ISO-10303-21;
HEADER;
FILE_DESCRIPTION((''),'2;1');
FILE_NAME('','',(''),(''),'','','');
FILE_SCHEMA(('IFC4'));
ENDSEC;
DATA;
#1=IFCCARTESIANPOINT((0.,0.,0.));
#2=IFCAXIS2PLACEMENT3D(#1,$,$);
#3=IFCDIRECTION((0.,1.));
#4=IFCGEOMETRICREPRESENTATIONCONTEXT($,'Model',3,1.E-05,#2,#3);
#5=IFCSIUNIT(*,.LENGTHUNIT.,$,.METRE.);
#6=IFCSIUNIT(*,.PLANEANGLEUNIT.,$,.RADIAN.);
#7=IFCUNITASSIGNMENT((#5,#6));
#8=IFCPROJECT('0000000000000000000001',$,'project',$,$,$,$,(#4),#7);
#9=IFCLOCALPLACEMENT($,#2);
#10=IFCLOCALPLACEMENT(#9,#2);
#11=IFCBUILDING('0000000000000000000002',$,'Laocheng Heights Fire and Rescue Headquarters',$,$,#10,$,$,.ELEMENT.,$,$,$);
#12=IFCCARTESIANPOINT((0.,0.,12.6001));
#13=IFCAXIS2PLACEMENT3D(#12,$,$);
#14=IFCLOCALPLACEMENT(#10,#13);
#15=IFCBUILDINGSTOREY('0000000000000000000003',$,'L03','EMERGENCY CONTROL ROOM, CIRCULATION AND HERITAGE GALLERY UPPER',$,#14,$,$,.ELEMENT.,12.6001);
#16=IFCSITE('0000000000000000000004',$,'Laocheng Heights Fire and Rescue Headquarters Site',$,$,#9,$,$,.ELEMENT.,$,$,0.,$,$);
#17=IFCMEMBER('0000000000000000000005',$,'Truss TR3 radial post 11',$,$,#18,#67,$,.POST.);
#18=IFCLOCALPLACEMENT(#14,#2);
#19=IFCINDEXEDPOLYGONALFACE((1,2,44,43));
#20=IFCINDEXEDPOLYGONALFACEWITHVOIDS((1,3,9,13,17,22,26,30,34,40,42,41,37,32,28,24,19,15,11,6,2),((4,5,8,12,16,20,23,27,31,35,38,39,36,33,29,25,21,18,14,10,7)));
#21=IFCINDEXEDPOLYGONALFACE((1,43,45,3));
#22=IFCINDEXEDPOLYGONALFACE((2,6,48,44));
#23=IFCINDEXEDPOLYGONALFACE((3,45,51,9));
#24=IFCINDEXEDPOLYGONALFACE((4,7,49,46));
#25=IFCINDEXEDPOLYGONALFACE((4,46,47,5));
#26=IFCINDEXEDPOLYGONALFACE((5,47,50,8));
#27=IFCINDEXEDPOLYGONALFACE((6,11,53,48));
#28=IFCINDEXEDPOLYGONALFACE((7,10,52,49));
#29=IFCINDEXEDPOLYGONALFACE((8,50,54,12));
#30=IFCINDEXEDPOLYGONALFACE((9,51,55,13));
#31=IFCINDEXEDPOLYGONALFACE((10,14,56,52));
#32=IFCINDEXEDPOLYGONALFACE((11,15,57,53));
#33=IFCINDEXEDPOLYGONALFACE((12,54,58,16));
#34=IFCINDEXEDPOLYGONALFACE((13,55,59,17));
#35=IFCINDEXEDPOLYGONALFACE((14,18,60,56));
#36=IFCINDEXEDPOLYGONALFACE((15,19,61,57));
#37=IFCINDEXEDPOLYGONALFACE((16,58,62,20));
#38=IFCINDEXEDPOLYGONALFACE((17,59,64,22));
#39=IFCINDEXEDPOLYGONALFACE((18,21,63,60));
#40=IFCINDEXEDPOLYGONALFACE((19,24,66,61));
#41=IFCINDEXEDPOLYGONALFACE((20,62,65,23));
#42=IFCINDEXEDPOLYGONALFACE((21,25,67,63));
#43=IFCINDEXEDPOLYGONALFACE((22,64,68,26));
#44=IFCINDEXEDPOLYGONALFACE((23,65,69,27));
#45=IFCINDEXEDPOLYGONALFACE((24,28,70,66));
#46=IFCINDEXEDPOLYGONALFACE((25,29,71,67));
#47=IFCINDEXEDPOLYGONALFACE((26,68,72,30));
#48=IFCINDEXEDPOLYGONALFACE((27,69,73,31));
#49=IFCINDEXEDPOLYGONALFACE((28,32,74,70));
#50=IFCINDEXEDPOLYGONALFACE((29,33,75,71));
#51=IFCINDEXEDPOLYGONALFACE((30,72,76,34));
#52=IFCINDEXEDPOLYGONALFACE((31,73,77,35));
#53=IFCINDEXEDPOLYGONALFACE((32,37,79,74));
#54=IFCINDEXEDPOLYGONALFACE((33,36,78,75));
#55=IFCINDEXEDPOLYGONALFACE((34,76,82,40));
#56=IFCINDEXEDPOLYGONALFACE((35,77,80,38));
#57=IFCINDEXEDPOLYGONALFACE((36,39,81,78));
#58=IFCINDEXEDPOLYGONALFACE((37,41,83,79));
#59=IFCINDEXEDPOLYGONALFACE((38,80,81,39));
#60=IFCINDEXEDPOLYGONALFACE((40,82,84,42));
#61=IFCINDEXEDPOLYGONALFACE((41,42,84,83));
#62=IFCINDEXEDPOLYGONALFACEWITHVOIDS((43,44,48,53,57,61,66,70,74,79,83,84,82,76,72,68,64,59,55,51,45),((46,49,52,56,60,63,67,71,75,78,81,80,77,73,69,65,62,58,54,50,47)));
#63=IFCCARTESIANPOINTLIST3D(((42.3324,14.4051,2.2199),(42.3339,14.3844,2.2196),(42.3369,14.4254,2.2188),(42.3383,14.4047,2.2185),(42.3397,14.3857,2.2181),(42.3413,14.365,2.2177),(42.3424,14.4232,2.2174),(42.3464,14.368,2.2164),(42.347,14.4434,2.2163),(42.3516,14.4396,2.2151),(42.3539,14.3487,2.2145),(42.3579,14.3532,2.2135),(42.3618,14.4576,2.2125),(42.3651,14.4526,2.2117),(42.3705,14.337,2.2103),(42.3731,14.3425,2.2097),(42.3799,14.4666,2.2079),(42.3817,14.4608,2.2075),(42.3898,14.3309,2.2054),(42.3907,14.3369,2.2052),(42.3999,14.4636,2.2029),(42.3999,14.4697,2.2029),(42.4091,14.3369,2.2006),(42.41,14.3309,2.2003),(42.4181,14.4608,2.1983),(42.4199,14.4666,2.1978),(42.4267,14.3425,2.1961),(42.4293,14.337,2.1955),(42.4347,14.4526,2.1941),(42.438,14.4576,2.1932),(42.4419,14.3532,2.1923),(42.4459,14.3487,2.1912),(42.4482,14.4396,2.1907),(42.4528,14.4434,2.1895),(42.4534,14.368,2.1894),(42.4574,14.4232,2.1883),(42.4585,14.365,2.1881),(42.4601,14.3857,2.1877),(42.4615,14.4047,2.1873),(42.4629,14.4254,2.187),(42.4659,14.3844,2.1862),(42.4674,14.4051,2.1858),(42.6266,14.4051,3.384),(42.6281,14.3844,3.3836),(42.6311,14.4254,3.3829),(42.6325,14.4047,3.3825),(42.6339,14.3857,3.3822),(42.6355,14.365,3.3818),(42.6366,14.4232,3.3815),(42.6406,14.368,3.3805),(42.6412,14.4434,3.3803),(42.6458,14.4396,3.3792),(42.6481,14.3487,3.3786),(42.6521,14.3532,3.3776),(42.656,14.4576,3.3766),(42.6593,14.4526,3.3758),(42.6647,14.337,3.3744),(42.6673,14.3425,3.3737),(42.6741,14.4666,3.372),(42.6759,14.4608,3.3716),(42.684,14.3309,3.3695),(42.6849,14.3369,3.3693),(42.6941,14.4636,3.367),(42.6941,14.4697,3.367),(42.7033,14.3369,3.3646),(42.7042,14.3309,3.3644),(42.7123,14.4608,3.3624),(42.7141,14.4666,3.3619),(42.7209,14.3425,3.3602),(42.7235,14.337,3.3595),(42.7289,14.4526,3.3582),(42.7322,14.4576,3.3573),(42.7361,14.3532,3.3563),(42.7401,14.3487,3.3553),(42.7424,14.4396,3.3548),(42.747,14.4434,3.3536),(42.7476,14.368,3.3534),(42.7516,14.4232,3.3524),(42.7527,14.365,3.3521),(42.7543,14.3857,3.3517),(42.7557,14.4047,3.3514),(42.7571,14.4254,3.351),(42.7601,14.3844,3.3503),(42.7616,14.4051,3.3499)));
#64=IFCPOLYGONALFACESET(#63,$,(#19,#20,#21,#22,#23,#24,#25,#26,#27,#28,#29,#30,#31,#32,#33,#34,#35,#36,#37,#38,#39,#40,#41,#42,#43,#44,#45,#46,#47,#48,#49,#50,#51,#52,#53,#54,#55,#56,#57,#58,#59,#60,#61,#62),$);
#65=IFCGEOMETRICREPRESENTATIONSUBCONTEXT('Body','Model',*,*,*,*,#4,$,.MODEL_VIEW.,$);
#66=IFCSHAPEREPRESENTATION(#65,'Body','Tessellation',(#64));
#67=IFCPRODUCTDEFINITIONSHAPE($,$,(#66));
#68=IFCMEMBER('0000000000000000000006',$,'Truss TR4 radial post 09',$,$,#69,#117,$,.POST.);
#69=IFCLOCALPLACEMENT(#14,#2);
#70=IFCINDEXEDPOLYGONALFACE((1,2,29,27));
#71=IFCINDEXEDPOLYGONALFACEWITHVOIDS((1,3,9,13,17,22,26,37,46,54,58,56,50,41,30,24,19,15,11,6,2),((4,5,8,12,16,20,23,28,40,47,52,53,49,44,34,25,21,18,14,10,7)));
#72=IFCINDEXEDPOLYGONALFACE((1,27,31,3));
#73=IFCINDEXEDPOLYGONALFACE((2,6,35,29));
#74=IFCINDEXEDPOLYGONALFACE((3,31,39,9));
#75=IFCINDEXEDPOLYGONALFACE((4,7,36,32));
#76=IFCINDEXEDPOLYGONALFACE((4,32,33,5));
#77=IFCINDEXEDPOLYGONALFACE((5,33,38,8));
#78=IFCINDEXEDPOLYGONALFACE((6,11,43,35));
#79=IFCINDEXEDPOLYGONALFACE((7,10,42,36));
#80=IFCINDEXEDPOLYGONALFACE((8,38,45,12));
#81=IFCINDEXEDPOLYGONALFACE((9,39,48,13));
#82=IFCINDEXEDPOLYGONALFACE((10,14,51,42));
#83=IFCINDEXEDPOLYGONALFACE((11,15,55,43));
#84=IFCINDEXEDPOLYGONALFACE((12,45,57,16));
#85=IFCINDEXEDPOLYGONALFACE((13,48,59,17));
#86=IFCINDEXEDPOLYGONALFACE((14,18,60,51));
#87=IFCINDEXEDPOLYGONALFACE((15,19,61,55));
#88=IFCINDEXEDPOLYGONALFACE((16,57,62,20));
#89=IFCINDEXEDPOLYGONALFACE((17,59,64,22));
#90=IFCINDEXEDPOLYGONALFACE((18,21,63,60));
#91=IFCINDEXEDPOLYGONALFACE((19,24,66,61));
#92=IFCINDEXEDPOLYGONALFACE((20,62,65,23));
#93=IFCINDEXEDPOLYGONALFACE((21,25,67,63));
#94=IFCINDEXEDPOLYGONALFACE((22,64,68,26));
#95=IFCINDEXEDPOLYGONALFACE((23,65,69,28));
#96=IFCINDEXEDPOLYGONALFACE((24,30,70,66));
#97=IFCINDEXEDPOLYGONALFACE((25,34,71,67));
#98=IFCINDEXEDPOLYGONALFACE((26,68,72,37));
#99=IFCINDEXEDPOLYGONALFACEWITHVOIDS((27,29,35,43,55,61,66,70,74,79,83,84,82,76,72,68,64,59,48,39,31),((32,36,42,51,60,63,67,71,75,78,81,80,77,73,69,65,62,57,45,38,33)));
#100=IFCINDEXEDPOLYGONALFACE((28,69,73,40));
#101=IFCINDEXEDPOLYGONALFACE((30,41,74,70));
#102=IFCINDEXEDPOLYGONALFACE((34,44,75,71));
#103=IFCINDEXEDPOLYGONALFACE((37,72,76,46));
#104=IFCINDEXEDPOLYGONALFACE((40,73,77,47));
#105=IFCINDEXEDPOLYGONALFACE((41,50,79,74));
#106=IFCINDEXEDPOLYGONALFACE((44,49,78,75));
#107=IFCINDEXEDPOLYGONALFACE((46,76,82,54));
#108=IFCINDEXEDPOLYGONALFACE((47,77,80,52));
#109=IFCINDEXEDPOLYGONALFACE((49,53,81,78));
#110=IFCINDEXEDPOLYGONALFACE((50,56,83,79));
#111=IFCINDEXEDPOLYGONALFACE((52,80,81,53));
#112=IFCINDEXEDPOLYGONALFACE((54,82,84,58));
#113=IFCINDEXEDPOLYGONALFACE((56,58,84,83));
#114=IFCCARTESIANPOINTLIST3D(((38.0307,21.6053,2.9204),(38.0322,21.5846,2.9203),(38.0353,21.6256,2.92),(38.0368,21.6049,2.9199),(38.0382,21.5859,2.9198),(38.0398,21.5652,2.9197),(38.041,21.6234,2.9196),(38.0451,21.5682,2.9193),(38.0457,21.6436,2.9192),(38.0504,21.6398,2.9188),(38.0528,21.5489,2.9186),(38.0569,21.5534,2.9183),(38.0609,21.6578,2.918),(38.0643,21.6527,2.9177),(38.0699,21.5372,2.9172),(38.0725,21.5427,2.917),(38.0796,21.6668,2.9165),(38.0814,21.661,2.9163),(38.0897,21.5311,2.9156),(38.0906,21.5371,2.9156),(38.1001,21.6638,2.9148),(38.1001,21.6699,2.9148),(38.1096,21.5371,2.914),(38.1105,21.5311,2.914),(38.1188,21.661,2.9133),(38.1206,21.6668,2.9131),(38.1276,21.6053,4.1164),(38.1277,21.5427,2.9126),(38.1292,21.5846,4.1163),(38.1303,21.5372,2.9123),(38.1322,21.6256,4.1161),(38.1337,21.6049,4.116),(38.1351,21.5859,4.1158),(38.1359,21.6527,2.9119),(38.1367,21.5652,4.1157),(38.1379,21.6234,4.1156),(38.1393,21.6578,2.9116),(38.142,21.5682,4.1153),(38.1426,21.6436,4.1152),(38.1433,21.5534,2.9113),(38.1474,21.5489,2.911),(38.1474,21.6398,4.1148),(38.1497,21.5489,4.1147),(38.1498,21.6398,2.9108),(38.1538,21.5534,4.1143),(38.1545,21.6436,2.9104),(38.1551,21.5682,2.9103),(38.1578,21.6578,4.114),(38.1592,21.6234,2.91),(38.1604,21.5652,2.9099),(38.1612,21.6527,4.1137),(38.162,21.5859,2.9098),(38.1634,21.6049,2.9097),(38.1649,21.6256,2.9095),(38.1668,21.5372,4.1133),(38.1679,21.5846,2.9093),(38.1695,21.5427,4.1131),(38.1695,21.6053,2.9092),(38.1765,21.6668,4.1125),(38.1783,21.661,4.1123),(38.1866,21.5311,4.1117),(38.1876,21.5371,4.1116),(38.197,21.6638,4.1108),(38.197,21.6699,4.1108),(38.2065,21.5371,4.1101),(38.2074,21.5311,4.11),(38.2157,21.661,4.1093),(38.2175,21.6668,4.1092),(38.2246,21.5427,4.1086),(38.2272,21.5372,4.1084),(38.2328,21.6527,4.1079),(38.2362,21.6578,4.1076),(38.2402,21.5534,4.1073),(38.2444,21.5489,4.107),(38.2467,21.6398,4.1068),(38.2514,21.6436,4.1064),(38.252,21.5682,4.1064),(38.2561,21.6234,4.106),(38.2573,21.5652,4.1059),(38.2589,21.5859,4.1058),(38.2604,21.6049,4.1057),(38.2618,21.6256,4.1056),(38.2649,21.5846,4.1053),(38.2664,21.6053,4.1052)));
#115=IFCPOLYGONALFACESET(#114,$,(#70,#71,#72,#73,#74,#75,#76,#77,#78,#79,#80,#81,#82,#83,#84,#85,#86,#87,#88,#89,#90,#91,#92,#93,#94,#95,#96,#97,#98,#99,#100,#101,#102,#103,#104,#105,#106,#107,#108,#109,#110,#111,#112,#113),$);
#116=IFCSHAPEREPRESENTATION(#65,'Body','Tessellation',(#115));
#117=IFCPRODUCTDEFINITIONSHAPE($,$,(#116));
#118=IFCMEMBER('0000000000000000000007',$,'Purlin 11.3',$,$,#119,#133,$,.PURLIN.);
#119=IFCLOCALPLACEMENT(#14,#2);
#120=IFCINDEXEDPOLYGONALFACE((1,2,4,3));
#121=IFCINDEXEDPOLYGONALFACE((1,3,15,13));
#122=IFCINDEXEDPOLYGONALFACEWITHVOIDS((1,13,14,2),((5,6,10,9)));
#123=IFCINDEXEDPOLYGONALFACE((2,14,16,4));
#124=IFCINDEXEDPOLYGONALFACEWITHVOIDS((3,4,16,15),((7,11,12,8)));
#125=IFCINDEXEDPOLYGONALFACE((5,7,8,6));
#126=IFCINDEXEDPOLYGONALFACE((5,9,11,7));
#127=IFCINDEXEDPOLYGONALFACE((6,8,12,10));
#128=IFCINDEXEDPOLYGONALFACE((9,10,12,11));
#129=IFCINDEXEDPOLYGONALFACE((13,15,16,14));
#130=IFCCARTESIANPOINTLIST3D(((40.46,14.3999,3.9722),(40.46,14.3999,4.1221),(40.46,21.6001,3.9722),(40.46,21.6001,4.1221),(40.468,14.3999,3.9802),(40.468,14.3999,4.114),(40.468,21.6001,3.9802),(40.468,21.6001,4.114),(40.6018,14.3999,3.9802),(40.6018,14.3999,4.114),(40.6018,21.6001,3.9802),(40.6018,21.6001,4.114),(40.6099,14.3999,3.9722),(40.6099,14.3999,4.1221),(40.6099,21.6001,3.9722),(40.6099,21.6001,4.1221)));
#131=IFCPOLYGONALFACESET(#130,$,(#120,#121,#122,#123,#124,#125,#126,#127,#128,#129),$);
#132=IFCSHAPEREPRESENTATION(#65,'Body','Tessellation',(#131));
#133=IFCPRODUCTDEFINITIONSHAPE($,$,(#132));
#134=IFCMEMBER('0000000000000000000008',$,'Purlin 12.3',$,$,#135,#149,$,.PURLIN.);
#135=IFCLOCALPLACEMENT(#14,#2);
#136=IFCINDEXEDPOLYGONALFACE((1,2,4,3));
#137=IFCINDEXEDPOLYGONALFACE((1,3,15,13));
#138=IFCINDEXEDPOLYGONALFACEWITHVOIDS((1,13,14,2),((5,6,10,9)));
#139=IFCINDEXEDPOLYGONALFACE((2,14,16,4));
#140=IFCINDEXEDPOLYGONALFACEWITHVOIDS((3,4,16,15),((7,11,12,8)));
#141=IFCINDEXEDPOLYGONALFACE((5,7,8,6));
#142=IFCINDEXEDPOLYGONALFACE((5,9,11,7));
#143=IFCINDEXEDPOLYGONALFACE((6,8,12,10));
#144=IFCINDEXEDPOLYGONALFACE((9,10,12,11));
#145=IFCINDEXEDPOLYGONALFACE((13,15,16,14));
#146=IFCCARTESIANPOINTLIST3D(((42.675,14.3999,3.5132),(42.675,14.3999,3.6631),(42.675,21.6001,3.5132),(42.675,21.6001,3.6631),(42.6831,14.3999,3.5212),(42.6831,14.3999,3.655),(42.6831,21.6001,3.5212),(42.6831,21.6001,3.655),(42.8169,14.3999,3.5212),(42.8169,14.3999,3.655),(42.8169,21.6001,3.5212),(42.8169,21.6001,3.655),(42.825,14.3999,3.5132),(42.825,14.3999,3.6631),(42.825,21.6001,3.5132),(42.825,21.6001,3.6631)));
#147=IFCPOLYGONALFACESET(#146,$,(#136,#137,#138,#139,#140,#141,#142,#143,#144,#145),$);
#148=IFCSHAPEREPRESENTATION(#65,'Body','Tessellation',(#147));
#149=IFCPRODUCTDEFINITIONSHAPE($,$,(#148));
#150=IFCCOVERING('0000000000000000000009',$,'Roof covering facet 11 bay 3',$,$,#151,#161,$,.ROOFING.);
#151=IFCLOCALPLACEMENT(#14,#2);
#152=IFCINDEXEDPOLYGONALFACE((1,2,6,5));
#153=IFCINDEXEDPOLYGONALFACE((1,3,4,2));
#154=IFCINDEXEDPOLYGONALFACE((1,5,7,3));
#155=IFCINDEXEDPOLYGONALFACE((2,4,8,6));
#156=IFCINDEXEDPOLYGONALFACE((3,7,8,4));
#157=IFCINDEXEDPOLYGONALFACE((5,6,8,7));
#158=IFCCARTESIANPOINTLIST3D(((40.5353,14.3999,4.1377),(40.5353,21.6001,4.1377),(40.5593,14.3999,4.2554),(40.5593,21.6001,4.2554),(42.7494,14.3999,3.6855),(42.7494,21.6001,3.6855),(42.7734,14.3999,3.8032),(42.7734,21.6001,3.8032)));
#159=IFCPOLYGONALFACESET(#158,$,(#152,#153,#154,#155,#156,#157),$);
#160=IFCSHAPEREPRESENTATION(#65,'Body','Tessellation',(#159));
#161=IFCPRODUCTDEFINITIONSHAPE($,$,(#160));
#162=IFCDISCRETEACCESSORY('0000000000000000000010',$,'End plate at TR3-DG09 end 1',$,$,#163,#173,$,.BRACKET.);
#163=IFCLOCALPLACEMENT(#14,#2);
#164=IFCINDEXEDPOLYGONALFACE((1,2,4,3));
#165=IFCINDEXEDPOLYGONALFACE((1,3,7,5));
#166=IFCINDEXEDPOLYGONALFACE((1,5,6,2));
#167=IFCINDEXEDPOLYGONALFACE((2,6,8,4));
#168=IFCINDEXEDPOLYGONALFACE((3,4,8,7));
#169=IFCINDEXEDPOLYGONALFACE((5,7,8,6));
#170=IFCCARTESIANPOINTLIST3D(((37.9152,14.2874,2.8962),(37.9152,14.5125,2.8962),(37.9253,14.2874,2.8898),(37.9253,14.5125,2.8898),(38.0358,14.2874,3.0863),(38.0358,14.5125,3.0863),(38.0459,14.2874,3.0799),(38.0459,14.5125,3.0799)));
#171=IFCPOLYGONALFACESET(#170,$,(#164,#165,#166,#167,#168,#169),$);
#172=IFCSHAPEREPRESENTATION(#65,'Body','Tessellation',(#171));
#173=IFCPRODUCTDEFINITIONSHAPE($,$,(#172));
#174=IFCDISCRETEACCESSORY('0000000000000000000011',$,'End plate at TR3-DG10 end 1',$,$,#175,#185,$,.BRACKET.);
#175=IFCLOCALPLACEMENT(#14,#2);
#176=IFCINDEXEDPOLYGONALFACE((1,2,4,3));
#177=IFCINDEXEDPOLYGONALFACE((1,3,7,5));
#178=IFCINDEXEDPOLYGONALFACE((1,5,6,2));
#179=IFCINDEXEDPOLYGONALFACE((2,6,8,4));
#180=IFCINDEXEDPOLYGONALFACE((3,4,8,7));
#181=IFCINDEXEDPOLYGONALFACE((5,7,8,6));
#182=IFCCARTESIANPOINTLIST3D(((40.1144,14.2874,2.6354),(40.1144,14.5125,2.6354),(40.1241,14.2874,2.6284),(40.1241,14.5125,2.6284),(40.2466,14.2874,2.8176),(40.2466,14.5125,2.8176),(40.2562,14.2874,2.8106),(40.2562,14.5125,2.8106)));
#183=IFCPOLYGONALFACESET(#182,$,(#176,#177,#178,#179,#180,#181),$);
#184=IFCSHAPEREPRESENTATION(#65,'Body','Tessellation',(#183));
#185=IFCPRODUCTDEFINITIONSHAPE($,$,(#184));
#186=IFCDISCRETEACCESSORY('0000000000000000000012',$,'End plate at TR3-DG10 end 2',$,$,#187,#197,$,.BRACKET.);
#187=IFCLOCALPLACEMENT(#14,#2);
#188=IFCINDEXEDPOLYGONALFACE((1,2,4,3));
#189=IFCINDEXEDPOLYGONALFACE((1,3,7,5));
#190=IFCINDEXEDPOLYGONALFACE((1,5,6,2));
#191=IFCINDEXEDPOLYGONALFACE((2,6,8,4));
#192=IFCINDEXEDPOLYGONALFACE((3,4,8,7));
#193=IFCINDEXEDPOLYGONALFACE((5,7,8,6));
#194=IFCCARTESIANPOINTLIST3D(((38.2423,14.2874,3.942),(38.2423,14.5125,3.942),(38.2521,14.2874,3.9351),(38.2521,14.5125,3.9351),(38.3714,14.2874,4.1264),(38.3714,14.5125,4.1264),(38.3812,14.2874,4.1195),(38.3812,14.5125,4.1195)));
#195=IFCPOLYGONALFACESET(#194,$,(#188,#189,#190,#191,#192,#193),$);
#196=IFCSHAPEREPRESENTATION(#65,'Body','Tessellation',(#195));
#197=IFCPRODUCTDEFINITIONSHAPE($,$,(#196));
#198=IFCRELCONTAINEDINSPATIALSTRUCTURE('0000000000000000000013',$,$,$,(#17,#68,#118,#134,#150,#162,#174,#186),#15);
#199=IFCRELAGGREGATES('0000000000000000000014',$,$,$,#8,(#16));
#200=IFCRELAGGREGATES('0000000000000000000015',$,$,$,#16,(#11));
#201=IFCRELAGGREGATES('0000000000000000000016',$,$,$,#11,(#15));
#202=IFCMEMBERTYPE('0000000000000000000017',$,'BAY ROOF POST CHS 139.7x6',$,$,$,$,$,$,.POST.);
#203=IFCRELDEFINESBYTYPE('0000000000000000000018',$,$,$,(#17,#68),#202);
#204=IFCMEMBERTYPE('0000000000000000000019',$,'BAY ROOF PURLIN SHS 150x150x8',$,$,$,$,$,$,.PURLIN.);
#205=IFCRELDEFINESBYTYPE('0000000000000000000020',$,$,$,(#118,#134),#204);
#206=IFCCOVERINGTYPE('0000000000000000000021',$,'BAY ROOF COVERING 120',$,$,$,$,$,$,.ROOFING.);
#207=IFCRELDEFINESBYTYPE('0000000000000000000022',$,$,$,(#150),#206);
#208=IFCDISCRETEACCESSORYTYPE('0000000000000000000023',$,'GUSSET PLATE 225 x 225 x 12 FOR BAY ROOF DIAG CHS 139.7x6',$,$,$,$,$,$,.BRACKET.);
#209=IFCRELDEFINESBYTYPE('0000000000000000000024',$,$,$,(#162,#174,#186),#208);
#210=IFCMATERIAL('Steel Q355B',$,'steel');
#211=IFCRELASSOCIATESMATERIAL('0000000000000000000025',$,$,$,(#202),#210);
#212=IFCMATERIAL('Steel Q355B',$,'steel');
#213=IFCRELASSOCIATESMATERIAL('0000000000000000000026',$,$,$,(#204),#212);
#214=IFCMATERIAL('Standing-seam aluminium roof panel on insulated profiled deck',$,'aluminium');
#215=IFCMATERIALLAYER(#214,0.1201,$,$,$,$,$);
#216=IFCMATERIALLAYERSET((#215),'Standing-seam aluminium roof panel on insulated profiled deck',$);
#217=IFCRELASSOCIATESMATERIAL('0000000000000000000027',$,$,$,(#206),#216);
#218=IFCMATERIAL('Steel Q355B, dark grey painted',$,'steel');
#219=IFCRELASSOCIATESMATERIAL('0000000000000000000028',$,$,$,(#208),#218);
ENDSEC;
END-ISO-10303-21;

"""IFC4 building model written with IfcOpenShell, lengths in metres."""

from ifc_helpers import new_model, si_unit, direction, frame, origin, origin_2d, place, context, subcontext, project, spatial, polyline, rectangle, hollow_rectangle, hollow_circle, outline, extrude, material, layer, layer_set, material_profile, profile_set, type_object, element, save


model = new_model("IFC4")

# Units and contexts
model_context = context("Model", 3, precision=1e-05, world=origin(), true_north=direction((0.0, 1.0)))
body_context = subcontext(model_context, "Body", "Model", "MODEL_VIEW")
ifc_project = project(units=[si_unit("LENGTHUNIT", "METRE"), si_unit("PLANEANGLEUNIT", "RADIAN")], contexts=[model_context])

# Site, building, storey
site_placement = place(None, origin())
site = spatial("IfcSite", under=ifc_project, at=site_placement, Name="Laocheng Heights Fire and Rescue Headquarters Site", CompositionType="ELEMENT", RefElevation=0.0)
building_placement = place(site_placement, origin())
building = spatial("IfcBuilding", under=site, at=building_placement, Name="Laocheng Heights Fire and Rescue Headquarters", CompositionType="ELEMENT")
storey_placement = place(building_placement, frame((0.0, 0.0, 12.6001)))
storey = spatial("IfcBuildingStorey", under=building, at=storey_placement, Name="L03", Description="EMERGENCY CONTROL ROOM, CIRCULATION AND HERITAGE GALLERY UPPER", CompositionType="ELEMENT", Elevation=12.6001)

# Members
ifc_material_1 = material(Name="Steel Q355B", Category="steel")
ifc_material_profile_1 = material_profile(ifc_material_1, hollow_circle(Radius=0.0698, WallThickness=0.0061, at=origin_2d()), Name="CHS 139.7x6")
ifc_profile_set_1 = profile_set([ifc_material_profile_1], Name="Steel Q355B")
member_type_1 = type_object("IfcMemberType", Name="BAY ROOF POST CHS 139.7x6", PredefinedType="POST", material=ifc_profile_set_1)
member_1_placement = place(storey_placement, frame((42.3999, 14.3999, 2.2029), z_axis=(0.245023, 0.0, 0.969517), x_axis=(0.0, 1.0, 0.0)))
element("IfcMember", 1, at=member_1_placement, inside=storey, type_object=member_type_1, Name="Truss TR3 radial post 11", PredefinedType="POST", context=body_context, shape_type="SweptSolid", body=[
    extrude(hollow_circle(Radius=0.0698, WallThickness=0.0061, at=origin_2d()), origin(), (0.0, 0.0, 1.0), 1.2007),
])
member_2_placement = place(storey_placement, frame((38.1001, 21.6001, 2.9148), z_axis=(0.080772, 0.0, 0.996733), x_axis=(0.0, 1.0, 0.0)))
element("IfcMember", 2, at=member_2_placement, inside=storey, type_object=member_type_1, Name="Truss TR4 radial post 09", PredefinedType="POST", context=body_context, shape_type="SweptSolid", body=[
    extrude(hollow_circle(Radius=0.0698, WallThickness=0.0061, at=origin_2d()), origin(), (0.0, 0.0, 1.0), 1.2),
])
ifc_material_2 = material(Name="Steel Q355B", Category="steel")
ifc_material_profile_2 = material_profile(ifc_material_2, hollow_rectangle(XDim=0.1499, YDim=0.1499, WallThickness=0.0081, at=origin_2d()), Name="SHS 150x150x8")
ifc_profile_set_2 = profile_set([ifc_material_profile_2], Name="Steel Q355B")
member_type_2 = type_object("IfcMemberType", Name="BAY ROOF PURLIN SHS 150x150x8", PredefinedType="PURLIN", material=ifc_profile_set_2)
for number, where, z_axis, x_axis, name in (
    (3, (40.5349, 14.3999, 4.0471), (0.0, 1.0, 0.0), (-1.0, 0.0, 0.0), "Purlin 11.3"),
    (4, (42.75, 14.3999, 3.5881), (0.0, 1.0, 0.0), (-1.0, 0.0, 0.0), "Purlin 12.3"),
):
    element("IfcMember", number, at=place(storey_placement, frame(where, z_axis=z_axis, x_axis=x_axis)), inside=storey, type_object=member_type_2, Name=name, PredefinedType="PURLIN", context=body_context, shape_type="SweptSolid", body=[
        extrude(hollow_rectangle(XDim=0.1499, YDim=0.1499, WallThickness=0.0081, at=origin_2d()), origin(), (0.0, 0.0, 1.0), 7.2002),
    ])

# Covering
ifc_material_3 = material(Name="Standing-seam aluminium roof panel on insulated profiled deck", Category="aluminium")
ifc_layer = layer(ifc_material_3, 0.1201)
ifc_layer_set = layer_set([ifc_layer], Name="Standing-seam aluminium roof panel on insulated profiled deck")
covering_type = type_object("IfcCoveringType", Name="BAY ROOF COVERING 120", PredefinedType="ROOFING", material=ifc_layer_set)
covering_placement = place(storey_placement, frame((40.5593, 14.3999, 4.2554), z_axis=(0.200083, 0.0, 0.979779), x_axis=(0.979779, 0.0, -0.200083)))
element("IfcCovering", 5, at=covering_placement, inside=storey, type_object=covering_type, Name="Roof covering facet 11 bay 3", PredefinedType="ROOFING", context=body_context, shape_type="SweptSolid", body=[
    extrude(outline(polyline([(0.0, 0.0), (2.2598, 0.0), (2.2598, 7.2002), (0.0, 7.2002), (0.0, 0.0)])), origin(), (0.0, 0.0, -1.0), 0.1201),
])

# Discrete accessories
ifc_material_4 = material(Name="Steel Q355B, dark grey painted", Category="steel")
ifc_material_profile_3 = material_profile(ifc_material_4, rectangle(XDim=0.2251, YDim=0.2251, at=origin_2d()), Name="GUSSET PLATE 225 x 225 x 12 FOR BAY ROOF DIAG CHS 139.7x6")
ifc_profile_set_3 = profile_set([ifc_material_profile_3], Name="Steel Q355B, dark grey painted")
discrete_accessory_type_1 = type_object("IfcDiscreteAccessoryType", Name="GUSSET PLATE 225 x 225 x 12 FOR BAY ROOF DIAG CHS 139.7x6", PredefinedType="BRACKET", material=ifc_profile_set_3)
for number, where, z_axis, x_axis, name in (
    (6, (37.9856, 14.3999, 2.9849), (-0.844509, 0.0, 0.535542), (0.0, -1.0, 0.0), "End plate at TR3-DG09 end 1"),
    (7, (40.1902, 14.3999, 2.7195), (-0.80961, 0.0, 0.586968), (0.0, -1.0, 0.0), "End plate at TR3-DG10 end 1"),
    (8, (38.3167, 14.3999, 4.0273), (-0.819232, 0.0, 0.573462), (0.0, -1.0, 0.0), "End plate at TR3-DG10 end 2"),
):
    element("IfcDiscreteAccessory", number, at=place(storey_placement, frame(where, z_axis=z_axis, x_axis=x_axis)), inside=storey, type_object=discrete_accessory_type_1, Name=name, PredefinedType="BRACKET", context=body_context, shape_type="SweptSolid", body=[
        extrude(rectangle(XDim=0.2251, YDim=0.2251, at=origin_2d()), origin(), (0.0, 0.0, 1.0), 0.012),
    ])

save(model, "model.ifc")
